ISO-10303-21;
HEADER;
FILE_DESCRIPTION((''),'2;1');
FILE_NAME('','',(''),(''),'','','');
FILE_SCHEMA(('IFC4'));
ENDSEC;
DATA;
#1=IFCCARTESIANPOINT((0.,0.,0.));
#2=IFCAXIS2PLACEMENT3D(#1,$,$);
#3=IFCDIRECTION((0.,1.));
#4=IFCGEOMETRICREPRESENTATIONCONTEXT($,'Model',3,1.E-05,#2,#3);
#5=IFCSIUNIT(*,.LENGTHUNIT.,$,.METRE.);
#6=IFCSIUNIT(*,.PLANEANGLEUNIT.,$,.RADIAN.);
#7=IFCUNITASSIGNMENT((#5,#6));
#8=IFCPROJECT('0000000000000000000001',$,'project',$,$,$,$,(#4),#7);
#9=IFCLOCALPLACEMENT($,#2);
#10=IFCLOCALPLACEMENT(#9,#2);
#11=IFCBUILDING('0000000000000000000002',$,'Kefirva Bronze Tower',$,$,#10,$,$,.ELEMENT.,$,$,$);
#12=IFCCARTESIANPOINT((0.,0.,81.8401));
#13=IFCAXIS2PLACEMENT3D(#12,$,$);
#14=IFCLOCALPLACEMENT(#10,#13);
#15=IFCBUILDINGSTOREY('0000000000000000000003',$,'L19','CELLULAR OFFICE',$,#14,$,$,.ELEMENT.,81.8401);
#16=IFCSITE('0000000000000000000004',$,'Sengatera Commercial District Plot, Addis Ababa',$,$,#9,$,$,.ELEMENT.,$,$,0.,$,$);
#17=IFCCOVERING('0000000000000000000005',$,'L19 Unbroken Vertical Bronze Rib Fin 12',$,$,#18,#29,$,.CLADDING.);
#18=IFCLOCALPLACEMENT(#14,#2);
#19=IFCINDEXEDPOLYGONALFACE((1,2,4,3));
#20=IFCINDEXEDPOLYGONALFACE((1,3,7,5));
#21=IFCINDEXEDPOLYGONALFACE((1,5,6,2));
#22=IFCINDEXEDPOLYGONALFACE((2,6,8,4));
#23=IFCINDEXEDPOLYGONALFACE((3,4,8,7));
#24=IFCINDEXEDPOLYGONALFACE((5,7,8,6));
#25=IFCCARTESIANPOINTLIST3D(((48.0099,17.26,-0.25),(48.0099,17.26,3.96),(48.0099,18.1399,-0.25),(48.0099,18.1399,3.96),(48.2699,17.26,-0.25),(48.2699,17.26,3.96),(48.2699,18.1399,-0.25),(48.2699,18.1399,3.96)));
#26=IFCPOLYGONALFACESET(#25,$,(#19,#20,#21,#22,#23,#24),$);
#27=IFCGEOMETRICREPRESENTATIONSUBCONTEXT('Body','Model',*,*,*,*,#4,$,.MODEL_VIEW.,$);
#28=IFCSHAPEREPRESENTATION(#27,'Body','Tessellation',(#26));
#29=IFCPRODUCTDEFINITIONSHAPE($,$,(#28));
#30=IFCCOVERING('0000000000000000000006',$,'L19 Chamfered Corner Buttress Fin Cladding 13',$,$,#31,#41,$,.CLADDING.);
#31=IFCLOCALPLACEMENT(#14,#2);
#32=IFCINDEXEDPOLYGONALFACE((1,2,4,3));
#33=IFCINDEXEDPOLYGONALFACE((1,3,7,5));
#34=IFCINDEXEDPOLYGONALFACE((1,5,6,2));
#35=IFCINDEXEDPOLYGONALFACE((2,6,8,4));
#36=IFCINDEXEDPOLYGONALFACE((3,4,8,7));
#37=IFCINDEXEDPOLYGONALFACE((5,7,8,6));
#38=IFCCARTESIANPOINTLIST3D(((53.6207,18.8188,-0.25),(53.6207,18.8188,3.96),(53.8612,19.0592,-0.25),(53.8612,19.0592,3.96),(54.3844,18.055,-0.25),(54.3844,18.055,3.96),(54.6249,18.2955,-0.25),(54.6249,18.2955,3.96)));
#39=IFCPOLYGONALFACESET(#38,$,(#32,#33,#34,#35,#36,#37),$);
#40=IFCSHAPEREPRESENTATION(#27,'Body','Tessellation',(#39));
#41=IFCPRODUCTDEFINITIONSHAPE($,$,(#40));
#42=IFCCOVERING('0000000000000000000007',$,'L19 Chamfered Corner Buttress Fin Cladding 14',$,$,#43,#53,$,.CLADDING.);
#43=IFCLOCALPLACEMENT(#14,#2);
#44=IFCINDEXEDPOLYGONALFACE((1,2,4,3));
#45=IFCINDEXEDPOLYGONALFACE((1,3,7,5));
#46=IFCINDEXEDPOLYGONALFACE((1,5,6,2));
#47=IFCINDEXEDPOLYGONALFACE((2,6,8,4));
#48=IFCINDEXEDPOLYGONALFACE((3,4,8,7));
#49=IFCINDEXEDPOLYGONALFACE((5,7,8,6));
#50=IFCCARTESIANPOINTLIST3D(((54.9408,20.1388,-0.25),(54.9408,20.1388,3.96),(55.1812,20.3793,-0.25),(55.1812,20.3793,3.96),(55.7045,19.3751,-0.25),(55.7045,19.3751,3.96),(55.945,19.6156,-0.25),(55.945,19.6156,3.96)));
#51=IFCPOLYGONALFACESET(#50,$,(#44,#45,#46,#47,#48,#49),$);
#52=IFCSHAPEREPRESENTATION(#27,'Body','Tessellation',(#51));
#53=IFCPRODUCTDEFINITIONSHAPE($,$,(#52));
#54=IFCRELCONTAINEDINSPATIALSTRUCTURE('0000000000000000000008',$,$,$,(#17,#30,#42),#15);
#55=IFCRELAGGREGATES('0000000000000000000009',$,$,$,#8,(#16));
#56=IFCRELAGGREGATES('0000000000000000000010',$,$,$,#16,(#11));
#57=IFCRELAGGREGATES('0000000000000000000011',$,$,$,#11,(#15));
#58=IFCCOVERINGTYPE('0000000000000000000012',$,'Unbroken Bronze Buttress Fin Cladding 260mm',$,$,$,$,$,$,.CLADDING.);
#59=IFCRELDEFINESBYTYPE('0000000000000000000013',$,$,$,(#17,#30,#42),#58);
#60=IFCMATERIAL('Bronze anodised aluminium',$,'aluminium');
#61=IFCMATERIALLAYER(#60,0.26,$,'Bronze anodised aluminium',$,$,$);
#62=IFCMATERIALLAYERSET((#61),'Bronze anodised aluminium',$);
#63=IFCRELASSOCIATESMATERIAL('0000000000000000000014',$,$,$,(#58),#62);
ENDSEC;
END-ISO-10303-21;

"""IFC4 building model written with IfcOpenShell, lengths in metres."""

from ifc_helpers import new_model, si_unit, direction, frame, origin, origin_2d, place, context, subcontext, project, spatial, rectangle, extrude, material, layer, layer_set, type_object, element, save


model = new_model("IFC4")

# Units and contexts
model_context = context("Model", 3, precision=1e-05, world=origin(), true_north=direction((0.0, 1.0)))
body_context = subcontext(model_context, "Body", "Model", "MODEL_VIEW")
ifc_project = project(units=[si_unit("LENGTHUNIT", "METRE"), si_unit("PLANEANGLEUNIT", "RADIAN")], contexts=[model_context])

# Site, building, storey
site_placement = place(None, origin())
site = spatial("IfcSite", under=ifc_project, at=site_placement, Name="Sengatera Commercial District Plot, Addis Ababa", CompositionType="ELEMENT", RefElevation=0.0)
building_placement = place(site_placement, origin())
building = spatial("IfcBuilding", under=site, at=building_placement, Name="Kefirva Bronze Tower", CompositionType="ELEMENT")
storey_placement = place(building_placement, frame((0.0, 0.0, 81.8401)))
storey = spatial("IfcBuildingStorey", under=building, at=storey_placement, Name="L19", Description="CELLULAR OFFICE", CompositionType="ELEMENT", Elevation=81.8401)

# Shared definitions
ifc_material_1 = material(Name="Bronze anodised aluminium", Category="aluminium")

# Coverings
ifc_layer_1 = layer(ifc_material_1, 0.26, Name="Bronze anodised aluminium")
ifc_layer_set_1 = layer_set([ifc_layer_1], Name="Bronze anodised aluminium")
covering_type_1 = type_object("IfcCoveringType", Name="Unbroken Bronze Buttress Fin Cladding 260mm", PredefinedType="CLADDING", material=ifc_layer_set_1)
for number, where, z_axis, x_axis, name in (
    (1, (48.1399, 17.7, -0.25), (0.0, 0.0, 1.0), (1.0, 0.0, 0.0), "L19 Unbroken Vertical Bronze Rib Fin 12"),
):
    element("IfcCovering", number, at=place(storey_placement, frame(where, z_axis=z_axis, x_axis=x_axis)), inside=storey, type_object=covering_type_1, Name=name, PredefinedType="CLADDING", context=body_context, shape_type="SweptSolid", body=[
        extrude(rectangle(XDim=0.26, YDim=0.8799, at=origin_2d()), origin(), (0.0, 0.0, 1.0), 4.21),
    ])
for number, where, z_axis, x_axis, name in (
    (2, (54.1228, 18.5571, -0.25), (0.0, 0.0, 1.0), (0.707107, 0.707107, 0.0), "L19 Chamfered Corner Buttress Fin Cladding 13"),
    (3, (55.4429, 19.8772, -0.25), (0.0, 0.0, 1.0), (0.707107, 0.707107, 0.0), "L19 Chamfered Corner Buttress Fin Cladding 14"),
):
    element("IfcCovering", number, at=place(storey_placement, frame(where, z_axis=z_axis, x_axis=x_axis)), inside=storey, type_object=covering_type_1, Name=name, PredefinedType="CLADDING", context=body_context, shape_type="SweptSolid", body=[
        extrude(rectangle(XDim=0.3401, YDim=1.0801, at=origin_2d()), origin(), (0.0, 0.0, 1.0), 4.21),
    ])

save(model, "model.ifc")
